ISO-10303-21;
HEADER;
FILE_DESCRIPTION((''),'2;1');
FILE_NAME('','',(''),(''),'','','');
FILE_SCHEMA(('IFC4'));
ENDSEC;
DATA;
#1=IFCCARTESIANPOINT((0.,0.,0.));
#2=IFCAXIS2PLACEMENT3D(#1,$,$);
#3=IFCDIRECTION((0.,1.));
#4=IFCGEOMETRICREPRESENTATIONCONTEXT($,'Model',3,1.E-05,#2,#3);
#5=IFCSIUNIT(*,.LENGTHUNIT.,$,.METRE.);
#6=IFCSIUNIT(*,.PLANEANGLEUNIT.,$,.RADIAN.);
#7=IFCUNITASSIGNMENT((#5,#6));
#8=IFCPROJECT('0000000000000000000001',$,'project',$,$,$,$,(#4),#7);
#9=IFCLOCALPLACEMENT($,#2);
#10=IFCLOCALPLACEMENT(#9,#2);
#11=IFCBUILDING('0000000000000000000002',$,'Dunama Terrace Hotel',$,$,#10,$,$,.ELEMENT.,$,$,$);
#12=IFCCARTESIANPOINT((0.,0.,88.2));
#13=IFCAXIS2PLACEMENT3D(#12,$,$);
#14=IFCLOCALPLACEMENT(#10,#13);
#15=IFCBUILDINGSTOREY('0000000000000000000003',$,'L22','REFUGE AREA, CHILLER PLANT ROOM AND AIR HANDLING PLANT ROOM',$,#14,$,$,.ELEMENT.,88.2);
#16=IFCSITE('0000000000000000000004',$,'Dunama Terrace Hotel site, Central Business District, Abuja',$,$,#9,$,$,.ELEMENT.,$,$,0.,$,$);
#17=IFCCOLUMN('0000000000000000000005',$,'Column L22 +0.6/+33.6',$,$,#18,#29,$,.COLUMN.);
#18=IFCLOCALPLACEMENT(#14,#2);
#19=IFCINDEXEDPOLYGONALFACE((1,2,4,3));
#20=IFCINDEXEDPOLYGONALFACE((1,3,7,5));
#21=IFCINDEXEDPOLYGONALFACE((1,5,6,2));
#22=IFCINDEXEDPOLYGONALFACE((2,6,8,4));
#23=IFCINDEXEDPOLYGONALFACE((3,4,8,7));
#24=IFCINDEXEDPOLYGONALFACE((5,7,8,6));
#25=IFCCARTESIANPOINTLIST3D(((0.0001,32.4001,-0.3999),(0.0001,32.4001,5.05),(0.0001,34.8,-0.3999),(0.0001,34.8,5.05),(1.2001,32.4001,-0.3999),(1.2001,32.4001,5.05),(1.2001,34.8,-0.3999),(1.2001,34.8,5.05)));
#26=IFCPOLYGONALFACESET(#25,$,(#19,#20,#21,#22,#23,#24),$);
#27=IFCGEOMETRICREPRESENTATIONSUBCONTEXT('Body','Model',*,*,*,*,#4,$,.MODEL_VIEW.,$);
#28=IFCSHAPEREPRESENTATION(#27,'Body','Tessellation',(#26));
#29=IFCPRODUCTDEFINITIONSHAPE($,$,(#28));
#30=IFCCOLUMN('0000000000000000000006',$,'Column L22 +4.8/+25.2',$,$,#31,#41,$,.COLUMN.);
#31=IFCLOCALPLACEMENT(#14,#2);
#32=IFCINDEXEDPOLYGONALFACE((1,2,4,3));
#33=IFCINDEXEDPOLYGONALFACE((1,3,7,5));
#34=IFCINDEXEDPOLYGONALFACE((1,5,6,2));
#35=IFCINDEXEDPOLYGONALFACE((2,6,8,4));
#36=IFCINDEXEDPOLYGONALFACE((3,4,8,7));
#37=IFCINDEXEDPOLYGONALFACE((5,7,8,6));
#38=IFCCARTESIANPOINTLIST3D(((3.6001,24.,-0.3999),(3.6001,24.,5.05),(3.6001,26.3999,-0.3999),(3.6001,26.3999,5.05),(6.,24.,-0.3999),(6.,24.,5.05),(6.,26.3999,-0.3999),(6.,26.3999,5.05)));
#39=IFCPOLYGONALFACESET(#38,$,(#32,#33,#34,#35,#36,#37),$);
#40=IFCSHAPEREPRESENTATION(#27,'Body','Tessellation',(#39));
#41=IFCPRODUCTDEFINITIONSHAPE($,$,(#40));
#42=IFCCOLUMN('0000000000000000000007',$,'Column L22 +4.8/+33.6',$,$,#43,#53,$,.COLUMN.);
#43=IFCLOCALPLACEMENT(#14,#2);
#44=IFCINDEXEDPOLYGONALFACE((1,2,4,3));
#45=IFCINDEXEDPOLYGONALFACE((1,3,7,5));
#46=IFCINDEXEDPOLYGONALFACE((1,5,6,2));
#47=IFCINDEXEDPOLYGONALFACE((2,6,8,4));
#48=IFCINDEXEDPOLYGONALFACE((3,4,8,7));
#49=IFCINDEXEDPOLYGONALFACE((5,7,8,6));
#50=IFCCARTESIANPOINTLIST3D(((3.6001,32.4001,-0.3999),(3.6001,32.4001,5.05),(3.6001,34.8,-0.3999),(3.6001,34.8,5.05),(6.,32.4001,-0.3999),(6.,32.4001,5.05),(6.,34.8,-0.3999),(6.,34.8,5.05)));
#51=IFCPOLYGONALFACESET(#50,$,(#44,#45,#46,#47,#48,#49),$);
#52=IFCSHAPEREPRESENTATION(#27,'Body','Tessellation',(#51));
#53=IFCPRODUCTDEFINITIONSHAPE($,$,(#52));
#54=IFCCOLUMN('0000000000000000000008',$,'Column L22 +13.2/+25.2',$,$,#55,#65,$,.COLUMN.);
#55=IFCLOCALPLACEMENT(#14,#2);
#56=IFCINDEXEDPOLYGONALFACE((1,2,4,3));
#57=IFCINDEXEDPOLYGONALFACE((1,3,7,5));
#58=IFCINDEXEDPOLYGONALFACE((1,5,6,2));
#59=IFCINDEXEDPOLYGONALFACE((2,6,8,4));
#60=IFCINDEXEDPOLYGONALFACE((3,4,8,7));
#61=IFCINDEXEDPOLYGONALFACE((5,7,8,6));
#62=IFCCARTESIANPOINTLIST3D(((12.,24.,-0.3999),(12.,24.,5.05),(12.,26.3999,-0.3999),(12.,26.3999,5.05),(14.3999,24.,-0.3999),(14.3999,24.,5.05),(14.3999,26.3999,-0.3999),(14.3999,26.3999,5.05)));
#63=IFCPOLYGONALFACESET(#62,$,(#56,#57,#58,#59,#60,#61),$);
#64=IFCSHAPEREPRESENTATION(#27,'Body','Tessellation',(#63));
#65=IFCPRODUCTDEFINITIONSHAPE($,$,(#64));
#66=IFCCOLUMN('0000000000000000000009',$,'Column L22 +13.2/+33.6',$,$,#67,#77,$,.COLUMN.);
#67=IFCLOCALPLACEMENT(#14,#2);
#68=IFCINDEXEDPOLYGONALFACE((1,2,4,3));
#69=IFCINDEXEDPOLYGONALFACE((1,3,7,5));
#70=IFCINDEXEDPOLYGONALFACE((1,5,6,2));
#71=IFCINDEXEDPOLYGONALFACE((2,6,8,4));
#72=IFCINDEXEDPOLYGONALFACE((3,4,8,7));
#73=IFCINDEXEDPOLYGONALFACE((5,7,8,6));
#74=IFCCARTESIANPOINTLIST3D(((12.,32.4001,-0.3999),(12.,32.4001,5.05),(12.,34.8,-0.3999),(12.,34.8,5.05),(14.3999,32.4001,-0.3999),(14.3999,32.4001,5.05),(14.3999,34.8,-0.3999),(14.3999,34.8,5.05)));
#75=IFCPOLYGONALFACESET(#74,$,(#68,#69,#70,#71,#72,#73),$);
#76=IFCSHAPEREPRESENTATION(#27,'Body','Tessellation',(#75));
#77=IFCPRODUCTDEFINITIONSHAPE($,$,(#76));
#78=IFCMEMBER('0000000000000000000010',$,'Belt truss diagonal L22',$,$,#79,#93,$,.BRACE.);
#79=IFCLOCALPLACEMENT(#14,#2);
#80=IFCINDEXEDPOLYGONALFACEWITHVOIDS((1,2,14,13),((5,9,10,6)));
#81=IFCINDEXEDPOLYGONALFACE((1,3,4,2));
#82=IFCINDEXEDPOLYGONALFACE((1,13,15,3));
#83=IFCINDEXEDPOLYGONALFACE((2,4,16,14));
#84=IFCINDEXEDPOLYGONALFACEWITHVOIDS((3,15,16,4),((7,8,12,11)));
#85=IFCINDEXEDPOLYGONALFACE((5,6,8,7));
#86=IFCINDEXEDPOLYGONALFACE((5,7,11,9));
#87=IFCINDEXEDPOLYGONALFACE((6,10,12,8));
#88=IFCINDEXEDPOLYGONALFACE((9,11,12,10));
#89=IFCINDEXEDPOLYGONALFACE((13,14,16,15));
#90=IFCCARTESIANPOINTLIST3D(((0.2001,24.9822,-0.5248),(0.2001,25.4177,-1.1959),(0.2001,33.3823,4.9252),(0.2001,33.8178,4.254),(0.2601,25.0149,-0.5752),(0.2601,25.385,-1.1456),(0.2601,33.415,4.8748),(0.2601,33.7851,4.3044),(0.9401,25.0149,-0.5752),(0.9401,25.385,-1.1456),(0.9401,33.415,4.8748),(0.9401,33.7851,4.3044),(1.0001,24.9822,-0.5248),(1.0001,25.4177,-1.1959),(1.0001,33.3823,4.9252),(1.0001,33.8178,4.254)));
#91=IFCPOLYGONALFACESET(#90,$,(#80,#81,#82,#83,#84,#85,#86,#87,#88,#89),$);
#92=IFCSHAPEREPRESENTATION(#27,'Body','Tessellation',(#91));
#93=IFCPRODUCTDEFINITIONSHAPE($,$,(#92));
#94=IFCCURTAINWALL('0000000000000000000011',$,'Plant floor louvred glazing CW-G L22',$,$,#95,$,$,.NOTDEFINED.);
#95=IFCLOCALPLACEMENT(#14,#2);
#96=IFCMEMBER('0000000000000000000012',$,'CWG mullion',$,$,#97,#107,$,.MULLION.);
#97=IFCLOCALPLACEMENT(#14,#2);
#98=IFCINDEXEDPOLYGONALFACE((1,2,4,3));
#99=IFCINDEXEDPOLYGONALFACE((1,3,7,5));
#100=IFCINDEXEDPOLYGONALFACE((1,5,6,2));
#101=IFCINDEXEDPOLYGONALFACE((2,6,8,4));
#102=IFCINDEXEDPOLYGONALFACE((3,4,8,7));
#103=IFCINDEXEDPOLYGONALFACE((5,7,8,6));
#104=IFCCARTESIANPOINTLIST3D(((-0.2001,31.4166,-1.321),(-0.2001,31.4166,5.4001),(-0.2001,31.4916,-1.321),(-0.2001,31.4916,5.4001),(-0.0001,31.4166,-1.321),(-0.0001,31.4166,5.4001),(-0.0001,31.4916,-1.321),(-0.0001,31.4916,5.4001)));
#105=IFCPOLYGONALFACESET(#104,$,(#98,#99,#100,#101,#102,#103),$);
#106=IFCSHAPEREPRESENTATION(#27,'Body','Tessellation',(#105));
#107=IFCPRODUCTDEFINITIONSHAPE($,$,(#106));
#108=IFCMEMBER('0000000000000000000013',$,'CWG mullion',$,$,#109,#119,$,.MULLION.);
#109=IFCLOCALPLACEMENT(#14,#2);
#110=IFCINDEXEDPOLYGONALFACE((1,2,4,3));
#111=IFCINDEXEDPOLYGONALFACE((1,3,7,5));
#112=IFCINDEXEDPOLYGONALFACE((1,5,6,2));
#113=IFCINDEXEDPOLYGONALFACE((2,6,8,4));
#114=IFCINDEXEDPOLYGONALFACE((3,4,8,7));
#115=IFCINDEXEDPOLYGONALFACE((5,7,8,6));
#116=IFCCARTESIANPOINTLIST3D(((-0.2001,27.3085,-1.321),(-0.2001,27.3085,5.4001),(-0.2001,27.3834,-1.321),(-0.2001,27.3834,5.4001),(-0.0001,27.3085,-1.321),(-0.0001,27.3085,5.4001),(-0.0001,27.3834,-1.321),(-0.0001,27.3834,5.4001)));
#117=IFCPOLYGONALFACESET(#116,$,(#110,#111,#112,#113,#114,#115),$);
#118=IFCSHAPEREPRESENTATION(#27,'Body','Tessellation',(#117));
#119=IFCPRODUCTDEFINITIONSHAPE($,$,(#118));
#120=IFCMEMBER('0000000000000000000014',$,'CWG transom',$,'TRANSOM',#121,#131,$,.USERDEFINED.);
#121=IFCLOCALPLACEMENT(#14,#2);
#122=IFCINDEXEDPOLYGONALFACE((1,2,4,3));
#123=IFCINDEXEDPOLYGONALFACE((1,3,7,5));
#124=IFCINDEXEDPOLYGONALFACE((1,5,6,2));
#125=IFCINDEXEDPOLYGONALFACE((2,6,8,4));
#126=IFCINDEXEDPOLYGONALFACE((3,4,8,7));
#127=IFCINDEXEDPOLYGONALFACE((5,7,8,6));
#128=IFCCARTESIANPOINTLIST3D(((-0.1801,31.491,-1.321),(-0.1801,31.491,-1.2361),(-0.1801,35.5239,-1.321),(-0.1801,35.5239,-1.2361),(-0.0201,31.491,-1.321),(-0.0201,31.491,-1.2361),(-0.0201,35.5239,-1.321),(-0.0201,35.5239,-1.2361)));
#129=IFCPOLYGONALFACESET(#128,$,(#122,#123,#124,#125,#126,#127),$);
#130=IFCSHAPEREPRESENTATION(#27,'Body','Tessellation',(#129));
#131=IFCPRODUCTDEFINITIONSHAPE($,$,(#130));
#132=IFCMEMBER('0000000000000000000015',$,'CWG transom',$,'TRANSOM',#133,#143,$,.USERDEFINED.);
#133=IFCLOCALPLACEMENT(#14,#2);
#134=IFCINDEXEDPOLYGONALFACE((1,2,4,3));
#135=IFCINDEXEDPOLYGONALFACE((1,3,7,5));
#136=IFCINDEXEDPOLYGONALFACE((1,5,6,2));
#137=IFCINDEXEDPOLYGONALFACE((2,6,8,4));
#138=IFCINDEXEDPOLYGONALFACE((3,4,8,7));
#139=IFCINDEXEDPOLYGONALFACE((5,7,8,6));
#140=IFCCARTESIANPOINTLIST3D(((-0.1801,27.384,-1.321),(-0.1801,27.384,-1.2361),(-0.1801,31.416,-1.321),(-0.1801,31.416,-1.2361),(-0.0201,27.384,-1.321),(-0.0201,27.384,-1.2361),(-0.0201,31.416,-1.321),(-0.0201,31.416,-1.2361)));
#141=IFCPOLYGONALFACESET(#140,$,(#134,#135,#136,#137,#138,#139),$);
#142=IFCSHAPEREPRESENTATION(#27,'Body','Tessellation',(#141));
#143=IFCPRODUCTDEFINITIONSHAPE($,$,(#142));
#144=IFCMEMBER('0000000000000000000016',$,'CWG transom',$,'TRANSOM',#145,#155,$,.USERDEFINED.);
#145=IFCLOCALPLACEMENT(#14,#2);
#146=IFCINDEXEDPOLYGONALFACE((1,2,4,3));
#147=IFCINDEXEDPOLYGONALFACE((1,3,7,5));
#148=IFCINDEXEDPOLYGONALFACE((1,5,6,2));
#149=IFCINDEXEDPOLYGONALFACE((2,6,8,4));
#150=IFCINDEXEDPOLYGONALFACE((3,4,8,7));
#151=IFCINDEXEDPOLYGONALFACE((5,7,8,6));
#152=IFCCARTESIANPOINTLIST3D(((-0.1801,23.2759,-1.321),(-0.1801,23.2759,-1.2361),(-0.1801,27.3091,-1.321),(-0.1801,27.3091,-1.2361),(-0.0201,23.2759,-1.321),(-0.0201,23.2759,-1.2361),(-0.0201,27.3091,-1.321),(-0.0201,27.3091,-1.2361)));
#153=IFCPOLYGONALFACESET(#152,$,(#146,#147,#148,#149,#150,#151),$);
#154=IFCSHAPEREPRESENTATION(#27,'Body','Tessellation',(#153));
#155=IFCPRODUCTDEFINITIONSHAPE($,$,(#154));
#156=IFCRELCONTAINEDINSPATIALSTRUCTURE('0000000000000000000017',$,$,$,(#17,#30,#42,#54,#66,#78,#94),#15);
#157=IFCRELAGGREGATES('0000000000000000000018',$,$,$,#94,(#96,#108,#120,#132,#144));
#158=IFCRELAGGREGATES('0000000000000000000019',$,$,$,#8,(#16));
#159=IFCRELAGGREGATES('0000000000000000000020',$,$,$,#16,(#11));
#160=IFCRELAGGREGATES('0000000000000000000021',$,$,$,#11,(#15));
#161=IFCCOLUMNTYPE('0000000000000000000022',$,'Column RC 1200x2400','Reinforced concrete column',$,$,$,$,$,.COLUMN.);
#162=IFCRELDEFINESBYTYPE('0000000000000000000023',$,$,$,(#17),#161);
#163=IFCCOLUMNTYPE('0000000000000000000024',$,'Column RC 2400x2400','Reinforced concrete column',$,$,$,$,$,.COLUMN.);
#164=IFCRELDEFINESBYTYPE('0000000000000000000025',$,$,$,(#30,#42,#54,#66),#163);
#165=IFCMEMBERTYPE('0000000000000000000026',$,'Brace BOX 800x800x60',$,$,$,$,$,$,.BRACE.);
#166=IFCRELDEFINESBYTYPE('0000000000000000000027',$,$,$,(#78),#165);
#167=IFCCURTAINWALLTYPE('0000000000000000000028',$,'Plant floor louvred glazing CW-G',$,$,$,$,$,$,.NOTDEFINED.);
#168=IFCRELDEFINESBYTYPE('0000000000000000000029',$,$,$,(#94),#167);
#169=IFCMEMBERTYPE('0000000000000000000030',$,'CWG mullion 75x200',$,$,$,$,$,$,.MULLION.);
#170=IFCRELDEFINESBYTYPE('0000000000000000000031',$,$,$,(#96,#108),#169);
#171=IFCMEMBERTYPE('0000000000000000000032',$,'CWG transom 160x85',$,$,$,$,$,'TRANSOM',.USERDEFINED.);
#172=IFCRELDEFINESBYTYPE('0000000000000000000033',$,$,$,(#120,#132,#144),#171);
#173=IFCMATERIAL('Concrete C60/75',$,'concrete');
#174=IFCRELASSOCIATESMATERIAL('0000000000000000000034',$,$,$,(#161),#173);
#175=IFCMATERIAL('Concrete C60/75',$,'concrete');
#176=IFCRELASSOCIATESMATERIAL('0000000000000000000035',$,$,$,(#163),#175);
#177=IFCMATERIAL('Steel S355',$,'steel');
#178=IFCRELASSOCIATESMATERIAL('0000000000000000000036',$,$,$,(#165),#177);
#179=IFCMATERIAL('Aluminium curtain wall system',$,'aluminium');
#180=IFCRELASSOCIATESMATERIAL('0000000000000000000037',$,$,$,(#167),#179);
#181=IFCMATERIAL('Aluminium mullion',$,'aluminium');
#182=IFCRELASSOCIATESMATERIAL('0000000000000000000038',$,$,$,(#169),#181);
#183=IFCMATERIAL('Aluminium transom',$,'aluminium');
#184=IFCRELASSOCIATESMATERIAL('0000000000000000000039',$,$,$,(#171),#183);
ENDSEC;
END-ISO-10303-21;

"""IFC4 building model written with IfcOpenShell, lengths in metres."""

from ifc_helpers import new_model, si_unit, direction, frame, origin, origin_2d, place, context, subcontext, project, spatial, rectangle, hollow_rectangle, extrude, material, material_profile, profile_set, type_object, element, aggregate, save


model = new_model("IFC4")

# Units and contexts
model_context = context("Model", 3, precision=1e-05, world=origin(), true_north=direction((0.0, 1.0)))
body_context = subcontext(model_context, "Body", "Model", "MODEL_VIEW")
ifc_project = project(units=[si_unit("LENGTHUNIT", "METRE"), si_unit("PLANEANGLEUNIT", "RADIAN")], contexts=[model_context])

# Site, building, storey
site_placement = place(None, origin())
site = spatial("IfcSite", under=ifc_project, at=site_placement, Name="Dunama Terrace Hotel site, Central Business District, Abuja", CompositionType="ELEMENT", RefElevation=0.0)
building_placement = place(site_placement, origin())
building = spatial("IfcBuilding", under=site, at=building_placement, Name="Dunama Terrace Hotel", CompositionType="ELEMENT")
storey_placement = place(building_placement, frame((0.0, 0.0, 88.2)))
storey = spatial("IfcBuildingStorey", under=building, at=storey_placement, Name="L22", Description="REFUGE AREA, CHILLER PLANT ROOM AND AIR HANDLING PLANT ROOM", CompositionType="ELEMENT", Elevation=88.2)

# Columns
ifc_material_1 = material(Name="Concrete C60/75", Category="concrete")
ifc_material_profile_1 = material_profile(ifc_material_1, rectangle(XDim=1.2, YDim=2.3999, at=origin_2d()), Name="RC 1200x2400")
ifc_profile_set_1 = profile_set([ifc_material_profile_1], Name="Concrete C60/75")
column_type_1 = type_object("IfcColumnType", Name="Column RC 1200x2400", Description="Reinforced concrete column", PredefinedType="COLUMN", material=ifc_profile_set_1)
column_placement = place(storey_placement, frame((0.6001, 33.6001, -0.3999), z_axis=(0.0, 0.0, 1.0), x_axis=(1.0, 0.0, 0.0)))
element("IfcColumn", 1, at=column_placement, inside=storey, type_object=column_type_1, Name="Column L22 +0.6/+33.6", PredefinedType="COLUMN", context=body_context, shape_type="SweptSolid", body=[
    extrude(rectangle(XDim=1.2, YDim=2.3999, at=origin_2d()), origin(), (0.0, 0.0, 1.0), 5.45),
])
ifc_material_2 = material(Name="Concrete C60/75", Category="concrete")
ifc_material_profile_2 = material_profile(ifc_material_2, rectangle(XDim=2.3999, YDim=2.3999, at=origin_2d()), Name="RC 2400x2400")
ifc_profile_set_2 = profile_set([ifc_material_profile_2], Name="Concrete C60/75")
column_type_2 = type_object("IfcColumnType", Name="Column RC 2400x2400", Description="Reinforced concrete column", PredefinedType="COLUMN", material=ifc_profile_set_2)
for number, where, z_axis, x_axis, name in (
    (2, (4.8, 25.2, -0.3999), (0.0, 0.0, 1.0), (1.0, 0.0, 0.0), "Column L22 +4.8/+25.2"),
    (3, (4.8, 33.6001, -0.3999), (0.0, 0.0, 1.0), (1.0, 0.0, 0.0), "Column L22 +4.8/+33.6"),
    (4, (13.2, 25.2, -0.3999), (0.0, 0.0, 1.0), (1.0, 0.0, 0.0), "Column L22 +13.2/+25.2"),
    (5, (13.2, 33.6001, -0.3999), (0.0, 0.0, 1.0), (1.0, 0.0, 0.0), "Column L22 +13.2/+33.6"),
):
    element("IfcColumn", number, at=place(storey_placement, frame(where, z_axis=z_axis, x_axis=x_axis)), inside=storey, type_object=column_type_2, Name=name, PredefinedType="COLUMN", context=body_context, shape_type="SweptSolid", body=[
        extrude(rectangle(XDim=2.3999, YDim=2.3999, at=origin_2d()), origin(), (0.0, 0.0, 1.0), 5.45),
    ])

# Member
ifc_material_3 = material(Name="Steel S355", Category="steel")
ifc_material_profile_3 = material_profile(ifc_material_3, hollow_rectangle(XDim=0.8, YDim=0.8, WallThickness=0.0601, at=origin_2d()), Name="BOX 800x800x60")
ifc_profile_set_3 = profile_set([ifc_material_profile_3], Name="Steel S355")
member_type_1 = type_object("IfcMemberType", Name="Brace BOX 800x800x60", PredefinedType="BRACE", material=ifc_profile_set_3)
member_1_placement = place(storey_placement, frame((0.6001, 25.2, -0.8604), z_axis=(0.0, 0.838906, 0.544276), x_axis=(-1.0, 0.0, 0.0)))
element("IfcMember", 6, at=member_1_placement, inside=storey, type_object=member_type_1, Name="Belt truss diagonal L22", PredefinedType="BRACE", context=body_context, shape_type="SweptSolid", body=[
    extrude(hollow_rectangle(XDim=0.8, YDim=0.8, WallThickness=0.0601, at=origin_2d()), origin(), (0.0, 0.0, 1.0), 10.0132),
])

# Curtain wall, members
ifc_material_4 = material(Name="Aluminium curtain wall system", Category="aluminium")
curtain_wall_type = type_object("IfcCurtainWallType", Name="Plant floor louvred glazing CW-G", PredefinedType="NOTDEFINED", material=ifc_material_4)
curtain_wall_placement = place(storey_placement, origin())
curtain_wall = element("IfcCurtainWall", 7, at=curtain_wall_placement, inside=storey, type_object=curtain_wall_type, Name="Plant floor louvred glazing CW-G L22", PredefinedType="NOTDEFINED")
ifc_material_5 = material(Name="Aluminium mullion", Category="aluminium")
ifc_material_profile_4 = material_profile(ifc_material_5, rectangle(XDim=0.075, YDim=0.2, at=origin_2d()), Name="CWG MULLION 75X200")
ifc_profile_set_4 = profile_set([ifc_material_profile_4], Name="Aluminium mullion")
member_type_2 = type_object("IfcMemberType", Name="CWG mullion 75x200", PredefinedType="MULLION", material=ifc_profile_set_4)
member_2_placement = place(storey_placement, frame((-0.1001, 31.4541, -1.321), z_axis=(0.0, 0.0, 1.0), x_axis=(0.0, -1.0, 0.0)))
member_2 = element("IfcMember", 8, at=member_2_placement, type_object=member_type_2, Name="CWG mullion", PredefinedType="MULLION", context=body_context, shape_type="SweptSolid", body=[
    extrude(rectangle(XDim=0.075, YDim=0.2, at=origin_2d()), origin(), (0.0, 0.0, 1.0), 6.7212),
])
member_3_placement = place(storey_placement, frame((-0.1001, 27.3459, -1.321), z_axis=(0.0, 0.0, 1.0), x_axis=(0.0, -1.0, 0.0)))
member_3 = element("IfcMember", 9, at=member_3_placement, type_object=member_type_2, Name="CWG mullion", PredefinedType="MULLION", context=body_context, shape_type="SweptSolid", body=[
    extrude(rectangle(XDim=0.075, YDim=0.2, at=origin_2d()), origin(), (0.0, 0.0, 1.0), 6.7212),
])
ifc_material_6 = material(Name="Aluminium transom", Category="aluminium")
ifc_material_profile_5 = material_profile(ifc_material_6, rectangle(XDim=0.1599, YDim=0.085, at=origin_2d()), Name="CWG TRANSOM 160X85")
ifc_profile_set_5 = profile_set([ifc_material_profile_5], Name="Aluminium transom")
member_type_3 = type_object("IfcMemberType", Name="CWG transom 160x85", ElementType="TRANSOM", PredefinedType="USERDEFINED", material=ifc_profile_set_5)
member_4_placement = place(storey_placement, frame((-0.1001, 35.5239, -1.2786), z_axis=(0.0, -1.0, 0.0), x_axis=(1.0, 0.0, 0.0)))
member_4 = element("IfcMember", 10, at=member_4_placement, type_object=member_type_3, Name="CWG transom", ObjectType="TRANSOM", PredefinedType="USERDEFINED", context=body_context, shape_type="SweptSolid", body=[
    extrude(rectangle(XDim=0.1599, YDim=0.085, at=origin_2d()), origin(), (0.0, 0.0, 1.0), 4.033),
])
member_5_placement = place(storey_placement, frame((-0.1001, 31.416, -1.2786), z_axis=(0.0, -1.0, 0.0), x_axis=(1.0, 0.0, 0.0)))
member_5 = element("IfcMember", 11, at=member_5_placement, type_object=member_type_3, Name="CWG transom", ObjectType="TRANSOM", PredefinedType="USERDEFINED", context=body_context, shape_type="SweptSolid", body=[
    extrude(rectangle(XDim=0.1599, YDim=0.085, at=origin_2d()), origin(), (0.0, 0.0, 1.0), 4.032),
])
member_6_placement = place(storey_placement, frame((-0.1001, 27.3091, -1.2786), z_axis=(0.0, -1.0, 0.0), x_axis=(1.0, 0.0, 0.0)))
member_6 = element("IfcMember", 12, at=member_6_placement, type_object=member_type_3, Name="CWG transom", ObjectType="TRANSOM", PredefinedType="USERDEFINED", context=body_context, shape_type="SweptSolid", body=[
    extrude(rectangle(XDim=0.1599, YDim=0.085, at=origin_2d()), origin(), (0.0, 0.0, 1.0), 4.0332),
])

aggregate(curtain_wall, [member_2, member_3, member_4, member_5, member_6])

save(model, "model.ifc")
